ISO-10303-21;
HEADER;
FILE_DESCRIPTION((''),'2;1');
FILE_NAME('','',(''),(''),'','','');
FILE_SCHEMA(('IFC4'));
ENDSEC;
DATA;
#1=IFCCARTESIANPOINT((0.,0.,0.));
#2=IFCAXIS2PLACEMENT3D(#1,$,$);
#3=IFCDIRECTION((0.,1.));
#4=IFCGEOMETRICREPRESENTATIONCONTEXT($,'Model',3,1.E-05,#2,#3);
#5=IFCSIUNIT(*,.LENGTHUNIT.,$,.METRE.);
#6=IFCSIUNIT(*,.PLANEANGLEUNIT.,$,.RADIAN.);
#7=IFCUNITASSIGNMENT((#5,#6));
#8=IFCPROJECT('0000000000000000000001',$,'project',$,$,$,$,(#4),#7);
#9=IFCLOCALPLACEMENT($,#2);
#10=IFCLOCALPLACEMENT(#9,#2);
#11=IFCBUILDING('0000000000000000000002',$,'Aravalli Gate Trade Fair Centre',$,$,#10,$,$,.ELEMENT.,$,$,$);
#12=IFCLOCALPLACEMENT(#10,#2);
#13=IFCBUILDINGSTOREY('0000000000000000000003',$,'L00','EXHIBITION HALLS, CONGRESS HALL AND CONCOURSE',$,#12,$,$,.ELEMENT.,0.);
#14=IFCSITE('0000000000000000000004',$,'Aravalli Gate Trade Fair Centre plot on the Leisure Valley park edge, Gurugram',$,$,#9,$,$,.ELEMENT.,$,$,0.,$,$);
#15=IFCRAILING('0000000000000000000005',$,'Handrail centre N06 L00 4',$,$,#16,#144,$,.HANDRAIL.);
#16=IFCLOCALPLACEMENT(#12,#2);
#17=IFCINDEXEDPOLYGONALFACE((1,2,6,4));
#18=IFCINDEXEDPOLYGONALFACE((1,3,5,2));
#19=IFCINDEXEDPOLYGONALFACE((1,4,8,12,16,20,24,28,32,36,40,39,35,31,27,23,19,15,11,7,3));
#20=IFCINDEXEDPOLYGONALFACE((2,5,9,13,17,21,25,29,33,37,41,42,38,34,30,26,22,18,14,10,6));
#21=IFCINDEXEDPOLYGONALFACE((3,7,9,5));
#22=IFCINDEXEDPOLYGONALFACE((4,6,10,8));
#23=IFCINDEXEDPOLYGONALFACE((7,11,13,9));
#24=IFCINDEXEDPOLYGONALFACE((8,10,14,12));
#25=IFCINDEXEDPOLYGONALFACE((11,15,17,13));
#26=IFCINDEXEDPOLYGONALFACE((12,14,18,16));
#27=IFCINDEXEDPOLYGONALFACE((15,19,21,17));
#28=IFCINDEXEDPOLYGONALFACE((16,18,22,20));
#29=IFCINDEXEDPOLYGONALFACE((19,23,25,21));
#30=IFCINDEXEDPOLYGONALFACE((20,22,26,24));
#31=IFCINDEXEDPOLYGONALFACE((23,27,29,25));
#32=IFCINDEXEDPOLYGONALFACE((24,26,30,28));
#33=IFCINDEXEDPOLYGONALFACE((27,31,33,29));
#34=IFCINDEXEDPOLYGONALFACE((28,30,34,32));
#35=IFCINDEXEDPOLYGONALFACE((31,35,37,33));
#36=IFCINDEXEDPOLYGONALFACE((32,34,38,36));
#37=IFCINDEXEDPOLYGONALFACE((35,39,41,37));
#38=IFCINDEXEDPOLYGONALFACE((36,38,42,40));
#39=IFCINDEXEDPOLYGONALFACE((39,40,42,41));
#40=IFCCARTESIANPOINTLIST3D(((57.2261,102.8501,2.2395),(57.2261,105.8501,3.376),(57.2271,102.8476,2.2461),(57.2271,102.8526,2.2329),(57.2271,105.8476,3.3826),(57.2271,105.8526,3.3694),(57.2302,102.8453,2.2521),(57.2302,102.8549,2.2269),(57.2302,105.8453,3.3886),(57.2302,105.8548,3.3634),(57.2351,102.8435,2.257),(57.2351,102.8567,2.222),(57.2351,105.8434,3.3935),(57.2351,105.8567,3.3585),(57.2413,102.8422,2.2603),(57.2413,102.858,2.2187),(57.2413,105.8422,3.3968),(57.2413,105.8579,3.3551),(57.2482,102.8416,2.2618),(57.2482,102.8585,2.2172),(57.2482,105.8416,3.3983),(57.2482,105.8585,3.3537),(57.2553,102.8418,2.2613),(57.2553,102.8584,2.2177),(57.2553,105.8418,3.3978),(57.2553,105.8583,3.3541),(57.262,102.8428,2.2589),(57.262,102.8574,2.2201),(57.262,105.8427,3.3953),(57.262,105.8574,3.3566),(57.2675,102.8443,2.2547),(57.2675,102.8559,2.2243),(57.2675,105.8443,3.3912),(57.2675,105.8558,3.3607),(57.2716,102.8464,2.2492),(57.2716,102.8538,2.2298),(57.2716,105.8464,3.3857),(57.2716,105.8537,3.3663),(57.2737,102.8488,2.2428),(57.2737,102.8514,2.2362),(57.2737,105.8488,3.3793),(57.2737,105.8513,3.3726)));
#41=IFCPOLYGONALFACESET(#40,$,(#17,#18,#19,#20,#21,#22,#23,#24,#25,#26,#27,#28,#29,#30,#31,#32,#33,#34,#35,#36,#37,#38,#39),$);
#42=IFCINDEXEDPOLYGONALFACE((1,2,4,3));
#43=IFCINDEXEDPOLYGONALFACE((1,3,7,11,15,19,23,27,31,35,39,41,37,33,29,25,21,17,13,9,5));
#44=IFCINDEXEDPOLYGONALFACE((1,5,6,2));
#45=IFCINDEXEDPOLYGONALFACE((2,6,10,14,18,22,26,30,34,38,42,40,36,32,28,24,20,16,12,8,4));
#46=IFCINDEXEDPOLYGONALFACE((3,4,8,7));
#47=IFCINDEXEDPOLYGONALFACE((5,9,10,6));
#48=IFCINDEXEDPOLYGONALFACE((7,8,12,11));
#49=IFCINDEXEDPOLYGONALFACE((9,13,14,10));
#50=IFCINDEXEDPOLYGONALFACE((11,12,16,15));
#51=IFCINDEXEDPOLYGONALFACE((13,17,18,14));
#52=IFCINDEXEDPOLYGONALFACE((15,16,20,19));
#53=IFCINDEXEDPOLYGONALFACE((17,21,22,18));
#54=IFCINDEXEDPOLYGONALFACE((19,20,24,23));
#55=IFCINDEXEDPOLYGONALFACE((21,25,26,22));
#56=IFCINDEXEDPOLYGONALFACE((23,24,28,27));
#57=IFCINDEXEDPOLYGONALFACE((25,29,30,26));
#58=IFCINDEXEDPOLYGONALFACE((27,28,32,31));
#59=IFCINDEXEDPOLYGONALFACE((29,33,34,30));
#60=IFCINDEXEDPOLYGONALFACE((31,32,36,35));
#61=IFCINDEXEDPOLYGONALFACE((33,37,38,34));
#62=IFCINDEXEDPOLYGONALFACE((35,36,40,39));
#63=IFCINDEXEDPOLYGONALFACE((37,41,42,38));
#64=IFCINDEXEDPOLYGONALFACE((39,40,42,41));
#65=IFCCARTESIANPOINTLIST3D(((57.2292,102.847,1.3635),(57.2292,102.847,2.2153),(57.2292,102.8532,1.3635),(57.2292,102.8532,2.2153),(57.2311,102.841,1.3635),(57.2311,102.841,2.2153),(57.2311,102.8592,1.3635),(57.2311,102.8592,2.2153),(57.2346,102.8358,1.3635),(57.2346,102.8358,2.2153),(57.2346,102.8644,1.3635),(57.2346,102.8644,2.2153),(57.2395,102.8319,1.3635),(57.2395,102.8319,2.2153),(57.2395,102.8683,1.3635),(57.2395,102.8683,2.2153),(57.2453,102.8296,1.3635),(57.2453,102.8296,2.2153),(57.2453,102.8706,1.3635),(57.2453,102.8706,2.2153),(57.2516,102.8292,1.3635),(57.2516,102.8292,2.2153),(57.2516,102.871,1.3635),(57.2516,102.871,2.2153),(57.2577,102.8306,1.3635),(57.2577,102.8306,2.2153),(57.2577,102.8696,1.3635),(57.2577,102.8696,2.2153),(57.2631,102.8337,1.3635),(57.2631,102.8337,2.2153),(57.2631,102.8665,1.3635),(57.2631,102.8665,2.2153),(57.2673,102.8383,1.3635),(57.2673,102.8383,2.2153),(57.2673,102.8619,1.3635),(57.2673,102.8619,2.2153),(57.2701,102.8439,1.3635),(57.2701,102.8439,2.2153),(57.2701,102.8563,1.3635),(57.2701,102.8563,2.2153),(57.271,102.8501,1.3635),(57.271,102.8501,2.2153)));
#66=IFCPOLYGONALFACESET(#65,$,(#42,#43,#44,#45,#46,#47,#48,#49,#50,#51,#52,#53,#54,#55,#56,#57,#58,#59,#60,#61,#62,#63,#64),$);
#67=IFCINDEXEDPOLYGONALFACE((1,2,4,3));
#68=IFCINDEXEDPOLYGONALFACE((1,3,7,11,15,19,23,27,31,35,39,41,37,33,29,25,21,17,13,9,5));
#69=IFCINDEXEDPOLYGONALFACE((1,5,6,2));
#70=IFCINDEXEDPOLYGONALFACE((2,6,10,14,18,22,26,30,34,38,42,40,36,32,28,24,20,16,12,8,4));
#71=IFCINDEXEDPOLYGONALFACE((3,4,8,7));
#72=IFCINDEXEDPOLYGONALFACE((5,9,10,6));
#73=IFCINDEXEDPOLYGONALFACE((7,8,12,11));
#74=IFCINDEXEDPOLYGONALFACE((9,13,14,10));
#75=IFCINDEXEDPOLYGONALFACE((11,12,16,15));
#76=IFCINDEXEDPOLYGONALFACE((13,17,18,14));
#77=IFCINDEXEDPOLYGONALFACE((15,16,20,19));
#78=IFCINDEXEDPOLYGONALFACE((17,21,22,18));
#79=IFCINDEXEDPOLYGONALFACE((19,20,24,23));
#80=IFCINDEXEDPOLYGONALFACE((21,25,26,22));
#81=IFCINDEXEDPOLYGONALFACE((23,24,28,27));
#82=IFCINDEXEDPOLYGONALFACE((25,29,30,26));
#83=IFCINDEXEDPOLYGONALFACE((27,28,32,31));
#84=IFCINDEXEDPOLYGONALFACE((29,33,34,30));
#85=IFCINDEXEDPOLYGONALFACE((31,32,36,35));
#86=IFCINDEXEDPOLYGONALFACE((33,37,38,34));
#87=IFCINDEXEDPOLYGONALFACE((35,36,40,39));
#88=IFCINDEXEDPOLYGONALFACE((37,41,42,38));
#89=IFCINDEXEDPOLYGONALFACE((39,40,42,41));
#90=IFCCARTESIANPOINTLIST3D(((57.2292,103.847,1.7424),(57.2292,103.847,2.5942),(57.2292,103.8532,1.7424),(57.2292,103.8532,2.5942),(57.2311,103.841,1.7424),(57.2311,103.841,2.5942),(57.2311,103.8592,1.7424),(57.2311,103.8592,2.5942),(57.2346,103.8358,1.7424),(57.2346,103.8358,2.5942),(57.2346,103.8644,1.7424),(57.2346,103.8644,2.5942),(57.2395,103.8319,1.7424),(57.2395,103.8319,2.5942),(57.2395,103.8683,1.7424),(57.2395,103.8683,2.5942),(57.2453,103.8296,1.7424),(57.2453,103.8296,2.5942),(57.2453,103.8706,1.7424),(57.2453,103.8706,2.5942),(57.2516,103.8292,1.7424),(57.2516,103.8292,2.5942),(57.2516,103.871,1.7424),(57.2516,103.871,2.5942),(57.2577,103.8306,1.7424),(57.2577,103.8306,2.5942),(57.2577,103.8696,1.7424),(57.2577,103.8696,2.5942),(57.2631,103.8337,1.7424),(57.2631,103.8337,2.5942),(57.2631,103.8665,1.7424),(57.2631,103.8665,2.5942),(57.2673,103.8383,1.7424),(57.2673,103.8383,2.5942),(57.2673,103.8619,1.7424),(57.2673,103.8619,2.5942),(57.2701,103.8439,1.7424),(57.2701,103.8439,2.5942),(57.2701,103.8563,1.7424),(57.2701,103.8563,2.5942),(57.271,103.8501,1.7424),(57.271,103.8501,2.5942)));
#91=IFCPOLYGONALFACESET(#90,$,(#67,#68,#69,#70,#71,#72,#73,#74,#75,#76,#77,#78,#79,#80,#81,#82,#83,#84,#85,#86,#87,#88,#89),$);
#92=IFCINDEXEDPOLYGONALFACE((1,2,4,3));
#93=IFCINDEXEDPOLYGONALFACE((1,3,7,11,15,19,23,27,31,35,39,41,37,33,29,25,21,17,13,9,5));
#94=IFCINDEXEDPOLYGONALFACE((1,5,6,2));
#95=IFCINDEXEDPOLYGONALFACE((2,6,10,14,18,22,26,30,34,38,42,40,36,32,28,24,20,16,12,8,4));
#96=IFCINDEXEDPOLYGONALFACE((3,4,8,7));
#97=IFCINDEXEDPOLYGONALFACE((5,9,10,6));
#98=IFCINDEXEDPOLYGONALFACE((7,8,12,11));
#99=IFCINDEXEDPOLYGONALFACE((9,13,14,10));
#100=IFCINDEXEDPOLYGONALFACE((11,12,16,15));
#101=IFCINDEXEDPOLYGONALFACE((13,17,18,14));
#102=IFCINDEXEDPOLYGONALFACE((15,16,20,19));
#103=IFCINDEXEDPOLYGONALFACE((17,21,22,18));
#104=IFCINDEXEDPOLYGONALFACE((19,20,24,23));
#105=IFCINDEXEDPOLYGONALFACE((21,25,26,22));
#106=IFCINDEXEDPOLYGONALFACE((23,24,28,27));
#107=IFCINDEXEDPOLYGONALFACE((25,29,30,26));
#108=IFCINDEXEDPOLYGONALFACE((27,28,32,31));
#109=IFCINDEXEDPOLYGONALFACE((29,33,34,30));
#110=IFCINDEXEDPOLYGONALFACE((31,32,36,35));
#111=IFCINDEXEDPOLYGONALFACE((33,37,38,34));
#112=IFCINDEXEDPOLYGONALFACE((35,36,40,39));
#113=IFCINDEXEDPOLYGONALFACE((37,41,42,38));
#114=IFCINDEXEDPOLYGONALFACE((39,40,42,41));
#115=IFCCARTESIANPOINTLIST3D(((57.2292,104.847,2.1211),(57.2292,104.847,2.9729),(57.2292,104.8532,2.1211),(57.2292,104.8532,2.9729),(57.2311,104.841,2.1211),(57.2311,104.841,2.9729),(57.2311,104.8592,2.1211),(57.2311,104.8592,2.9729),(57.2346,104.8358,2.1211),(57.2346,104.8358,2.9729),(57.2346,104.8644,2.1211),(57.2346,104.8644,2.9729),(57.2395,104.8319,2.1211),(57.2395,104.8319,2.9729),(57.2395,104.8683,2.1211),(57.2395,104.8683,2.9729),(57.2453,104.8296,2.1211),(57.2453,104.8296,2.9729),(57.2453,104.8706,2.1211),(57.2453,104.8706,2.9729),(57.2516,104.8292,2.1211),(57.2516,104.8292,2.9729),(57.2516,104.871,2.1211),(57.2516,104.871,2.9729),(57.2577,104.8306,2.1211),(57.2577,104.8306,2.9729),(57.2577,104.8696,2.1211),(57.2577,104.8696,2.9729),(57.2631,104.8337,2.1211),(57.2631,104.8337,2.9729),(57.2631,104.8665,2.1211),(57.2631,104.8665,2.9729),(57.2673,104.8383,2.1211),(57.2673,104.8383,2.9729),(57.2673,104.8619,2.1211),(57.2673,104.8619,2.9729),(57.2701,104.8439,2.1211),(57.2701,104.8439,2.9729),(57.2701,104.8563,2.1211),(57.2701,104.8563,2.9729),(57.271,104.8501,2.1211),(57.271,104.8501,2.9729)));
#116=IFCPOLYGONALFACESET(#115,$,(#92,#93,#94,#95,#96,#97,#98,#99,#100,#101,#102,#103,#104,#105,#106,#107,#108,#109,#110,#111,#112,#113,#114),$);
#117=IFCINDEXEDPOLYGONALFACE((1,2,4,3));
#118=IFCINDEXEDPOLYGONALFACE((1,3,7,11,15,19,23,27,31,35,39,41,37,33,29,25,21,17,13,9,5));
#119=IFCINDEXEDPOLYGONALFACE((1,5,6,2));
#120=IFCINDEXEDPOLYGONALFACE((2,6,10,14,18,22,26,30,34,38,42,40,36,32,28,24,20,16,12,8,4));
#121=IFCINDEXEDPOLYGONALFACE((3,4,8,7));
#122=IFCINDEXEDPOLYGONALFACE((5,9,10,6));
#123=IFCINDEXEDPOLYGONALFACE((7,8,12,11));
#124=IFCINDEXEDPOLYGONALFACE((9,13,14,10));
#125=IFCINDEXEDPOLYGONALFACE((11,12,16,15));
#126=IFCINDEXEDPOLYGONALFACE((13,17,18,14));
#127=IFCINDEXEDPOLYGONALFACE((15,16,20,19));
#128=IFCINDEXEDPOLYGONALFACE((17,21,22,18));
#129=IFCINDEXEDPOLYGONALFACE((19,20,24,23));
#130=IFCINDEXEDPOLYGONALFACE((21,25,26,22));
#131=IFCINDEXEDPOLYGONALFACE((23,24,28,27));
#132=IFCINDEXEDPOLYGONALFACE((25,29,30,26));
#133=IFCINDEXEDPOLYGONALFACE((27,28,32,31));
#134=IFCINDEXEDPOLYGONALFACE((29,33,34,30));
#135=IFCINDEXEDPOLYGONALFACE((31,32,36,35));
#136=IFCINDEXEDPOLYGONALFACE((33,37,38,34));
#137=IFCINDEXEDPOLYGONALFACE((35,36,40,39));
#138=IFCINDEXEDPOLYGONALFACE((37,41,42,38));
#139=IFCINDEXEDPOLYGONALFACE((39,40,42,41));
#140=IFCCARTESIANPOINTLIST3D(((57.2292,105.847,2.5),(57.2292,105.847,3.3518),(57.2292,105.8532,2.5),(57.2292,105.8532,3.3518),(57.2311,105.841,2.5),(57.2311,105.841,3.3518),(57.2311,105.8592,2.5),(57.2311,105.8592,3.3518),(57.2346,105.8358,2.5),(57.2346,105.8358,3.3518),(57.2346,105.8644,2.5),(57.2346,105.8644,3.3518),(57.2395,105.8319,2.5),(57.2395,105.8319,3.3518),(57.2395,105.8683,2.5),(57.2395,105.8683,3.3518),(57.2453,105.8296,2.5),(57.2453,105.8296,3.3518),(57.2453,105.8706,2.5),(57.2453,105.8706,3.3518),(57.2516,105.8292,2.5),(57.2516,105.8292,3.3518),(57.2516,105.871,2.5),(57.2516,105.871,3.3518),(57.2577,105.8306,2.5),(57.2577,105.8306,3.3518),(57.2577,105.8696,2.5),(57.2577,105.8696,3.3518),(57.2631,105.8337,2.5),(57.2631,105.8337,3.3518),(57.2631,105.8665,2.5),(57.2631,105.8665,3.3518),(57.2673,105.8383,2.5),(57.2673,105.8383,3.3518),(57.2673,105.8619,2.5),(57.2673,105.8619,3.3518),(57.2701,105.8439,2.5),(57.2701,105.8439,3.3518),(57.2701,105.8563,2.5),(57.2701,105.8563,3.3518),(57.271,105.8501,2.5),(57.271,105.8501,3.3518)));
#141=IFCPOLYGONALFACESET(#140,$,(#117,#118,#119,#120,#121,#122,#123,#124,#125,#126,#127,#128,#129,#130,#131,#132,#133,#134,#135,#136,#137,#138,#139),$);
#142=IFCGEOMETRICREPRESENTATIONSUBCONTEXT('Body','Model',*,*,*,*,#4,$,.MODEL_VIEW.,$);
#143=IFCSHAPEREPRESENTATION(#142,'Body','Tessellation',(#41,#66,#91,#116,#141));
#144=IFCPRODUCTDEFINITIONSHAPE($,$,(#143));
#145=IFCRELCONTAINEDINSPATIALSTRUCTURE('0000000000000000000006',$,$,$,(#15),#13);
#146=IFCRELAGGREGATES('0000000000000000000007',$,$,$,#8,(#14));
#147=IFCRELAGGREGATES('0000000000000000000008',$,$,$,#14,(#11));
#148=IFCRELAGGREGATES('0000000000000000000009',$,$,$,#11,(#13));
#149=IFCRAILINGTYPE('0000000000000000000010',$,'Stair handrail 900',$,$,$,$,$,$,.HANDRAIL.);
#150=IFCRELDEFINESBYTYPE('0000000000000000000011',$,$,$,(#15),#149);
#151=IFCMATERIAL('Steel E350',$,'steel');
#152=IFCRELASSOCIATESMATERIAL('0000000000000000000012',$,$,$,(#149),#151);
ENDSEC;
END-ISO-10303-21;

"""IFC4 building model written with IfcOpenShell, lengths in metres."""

from ifc_helpers import new_model, si_unit, direction, frame, origin, origin_2d, place, context, subcontext, project, spatial, circle, extrude, material, type_object, element, save


model = new_model("IFC4")

# Units and contexts
model_context = context("Model", 3, precision=1e-05, world=origin(), true_north=direction((0.0, 1.0)))
body_context = subcontext(model_context, "Body", "Model", "MODEL_VIEW")
ifc_project = project(units=[si_unit("LENGTHUNIT", "METRE"), si_unit("PLANEANGLEUNIT", "RADIAN")], contexts=[model_context])

# Site, building, storey
site_placement = place(None, origin())
site = spatial("IfcSite", under=ifc_project, at=site_placement, Name="Aravalli Gate Trade Fair Centre plot on the Leisure Valley park edge, Gurugram", CompositionType="ELEMENT", RefElevation=0.0)
building_placement = place(site_placement, origin())
building = spatial("IfcBuilding", under=site, at=building_placement, Name="Aravalli Gate Trade Fair Centre", CompositionType="ELEMENT")
storey_placement = place(building_placement, origin())
storey = spatial("IfcBuildingStorey", under=building, at=storey_placement, Name="L00", Description="EXHIBITION HALLS, CONGRESS HALL AND CONCOURSE", CompositionType="ELEMENT", Elevation=0.0)

# Railing
ifc_material_1 = material(Name="Steel E350", Category="steel")
railing_type = type_object("IfcRailingType", Name="Stair handrail 900", PredefinedType="HANDRAIL", material=ifc_material_1)
for number, where, name in (
    (1, (57.25, 102.8501, 1.3635), "Handrail centre N06 L00 4"),
):
    element("IfcRailing", number, at=place(storey_placement, frame(where)), inside=storey, type_object=railing_type, Name=name, PredefinedType="HANDRAIL", context=body_context, shape_type="SweptSolid", body=[
        extrude(circle(Radius=0.0239, at=origin_2d()), frame((0.0, 0.0, 0.876), z_axis=(0.0, 0.935148, 0.354257), x_axis=(-1.0, 0.0, 0.0)), (0.0, 0.0, 1.0), 3.208),
        extrude(circle(Radius=0.021, at=origin_2d()), origin(), (0.0, 0.0, 1.0), 0.8518),
        extrude(circle(Radius=0.021, at=origin_2d()), frame((0.0, 1.0, 0.3789)), (0.0, 0.0, 1.0), 0.8518),
        extrude(circle(Radius=0.021, at=origin_2d()), frame((0.0, 2.0, 0.7576)), (0.0, 0.0, 1.0), 0.8518),
        extrude(circle(Radius=0.021, at=origin_2d()), frame((0.0, 3.0, 1.1365)), (0.0, 0.0, 1.0), 0.8518),
    ])

save(model, "model.ifc")
